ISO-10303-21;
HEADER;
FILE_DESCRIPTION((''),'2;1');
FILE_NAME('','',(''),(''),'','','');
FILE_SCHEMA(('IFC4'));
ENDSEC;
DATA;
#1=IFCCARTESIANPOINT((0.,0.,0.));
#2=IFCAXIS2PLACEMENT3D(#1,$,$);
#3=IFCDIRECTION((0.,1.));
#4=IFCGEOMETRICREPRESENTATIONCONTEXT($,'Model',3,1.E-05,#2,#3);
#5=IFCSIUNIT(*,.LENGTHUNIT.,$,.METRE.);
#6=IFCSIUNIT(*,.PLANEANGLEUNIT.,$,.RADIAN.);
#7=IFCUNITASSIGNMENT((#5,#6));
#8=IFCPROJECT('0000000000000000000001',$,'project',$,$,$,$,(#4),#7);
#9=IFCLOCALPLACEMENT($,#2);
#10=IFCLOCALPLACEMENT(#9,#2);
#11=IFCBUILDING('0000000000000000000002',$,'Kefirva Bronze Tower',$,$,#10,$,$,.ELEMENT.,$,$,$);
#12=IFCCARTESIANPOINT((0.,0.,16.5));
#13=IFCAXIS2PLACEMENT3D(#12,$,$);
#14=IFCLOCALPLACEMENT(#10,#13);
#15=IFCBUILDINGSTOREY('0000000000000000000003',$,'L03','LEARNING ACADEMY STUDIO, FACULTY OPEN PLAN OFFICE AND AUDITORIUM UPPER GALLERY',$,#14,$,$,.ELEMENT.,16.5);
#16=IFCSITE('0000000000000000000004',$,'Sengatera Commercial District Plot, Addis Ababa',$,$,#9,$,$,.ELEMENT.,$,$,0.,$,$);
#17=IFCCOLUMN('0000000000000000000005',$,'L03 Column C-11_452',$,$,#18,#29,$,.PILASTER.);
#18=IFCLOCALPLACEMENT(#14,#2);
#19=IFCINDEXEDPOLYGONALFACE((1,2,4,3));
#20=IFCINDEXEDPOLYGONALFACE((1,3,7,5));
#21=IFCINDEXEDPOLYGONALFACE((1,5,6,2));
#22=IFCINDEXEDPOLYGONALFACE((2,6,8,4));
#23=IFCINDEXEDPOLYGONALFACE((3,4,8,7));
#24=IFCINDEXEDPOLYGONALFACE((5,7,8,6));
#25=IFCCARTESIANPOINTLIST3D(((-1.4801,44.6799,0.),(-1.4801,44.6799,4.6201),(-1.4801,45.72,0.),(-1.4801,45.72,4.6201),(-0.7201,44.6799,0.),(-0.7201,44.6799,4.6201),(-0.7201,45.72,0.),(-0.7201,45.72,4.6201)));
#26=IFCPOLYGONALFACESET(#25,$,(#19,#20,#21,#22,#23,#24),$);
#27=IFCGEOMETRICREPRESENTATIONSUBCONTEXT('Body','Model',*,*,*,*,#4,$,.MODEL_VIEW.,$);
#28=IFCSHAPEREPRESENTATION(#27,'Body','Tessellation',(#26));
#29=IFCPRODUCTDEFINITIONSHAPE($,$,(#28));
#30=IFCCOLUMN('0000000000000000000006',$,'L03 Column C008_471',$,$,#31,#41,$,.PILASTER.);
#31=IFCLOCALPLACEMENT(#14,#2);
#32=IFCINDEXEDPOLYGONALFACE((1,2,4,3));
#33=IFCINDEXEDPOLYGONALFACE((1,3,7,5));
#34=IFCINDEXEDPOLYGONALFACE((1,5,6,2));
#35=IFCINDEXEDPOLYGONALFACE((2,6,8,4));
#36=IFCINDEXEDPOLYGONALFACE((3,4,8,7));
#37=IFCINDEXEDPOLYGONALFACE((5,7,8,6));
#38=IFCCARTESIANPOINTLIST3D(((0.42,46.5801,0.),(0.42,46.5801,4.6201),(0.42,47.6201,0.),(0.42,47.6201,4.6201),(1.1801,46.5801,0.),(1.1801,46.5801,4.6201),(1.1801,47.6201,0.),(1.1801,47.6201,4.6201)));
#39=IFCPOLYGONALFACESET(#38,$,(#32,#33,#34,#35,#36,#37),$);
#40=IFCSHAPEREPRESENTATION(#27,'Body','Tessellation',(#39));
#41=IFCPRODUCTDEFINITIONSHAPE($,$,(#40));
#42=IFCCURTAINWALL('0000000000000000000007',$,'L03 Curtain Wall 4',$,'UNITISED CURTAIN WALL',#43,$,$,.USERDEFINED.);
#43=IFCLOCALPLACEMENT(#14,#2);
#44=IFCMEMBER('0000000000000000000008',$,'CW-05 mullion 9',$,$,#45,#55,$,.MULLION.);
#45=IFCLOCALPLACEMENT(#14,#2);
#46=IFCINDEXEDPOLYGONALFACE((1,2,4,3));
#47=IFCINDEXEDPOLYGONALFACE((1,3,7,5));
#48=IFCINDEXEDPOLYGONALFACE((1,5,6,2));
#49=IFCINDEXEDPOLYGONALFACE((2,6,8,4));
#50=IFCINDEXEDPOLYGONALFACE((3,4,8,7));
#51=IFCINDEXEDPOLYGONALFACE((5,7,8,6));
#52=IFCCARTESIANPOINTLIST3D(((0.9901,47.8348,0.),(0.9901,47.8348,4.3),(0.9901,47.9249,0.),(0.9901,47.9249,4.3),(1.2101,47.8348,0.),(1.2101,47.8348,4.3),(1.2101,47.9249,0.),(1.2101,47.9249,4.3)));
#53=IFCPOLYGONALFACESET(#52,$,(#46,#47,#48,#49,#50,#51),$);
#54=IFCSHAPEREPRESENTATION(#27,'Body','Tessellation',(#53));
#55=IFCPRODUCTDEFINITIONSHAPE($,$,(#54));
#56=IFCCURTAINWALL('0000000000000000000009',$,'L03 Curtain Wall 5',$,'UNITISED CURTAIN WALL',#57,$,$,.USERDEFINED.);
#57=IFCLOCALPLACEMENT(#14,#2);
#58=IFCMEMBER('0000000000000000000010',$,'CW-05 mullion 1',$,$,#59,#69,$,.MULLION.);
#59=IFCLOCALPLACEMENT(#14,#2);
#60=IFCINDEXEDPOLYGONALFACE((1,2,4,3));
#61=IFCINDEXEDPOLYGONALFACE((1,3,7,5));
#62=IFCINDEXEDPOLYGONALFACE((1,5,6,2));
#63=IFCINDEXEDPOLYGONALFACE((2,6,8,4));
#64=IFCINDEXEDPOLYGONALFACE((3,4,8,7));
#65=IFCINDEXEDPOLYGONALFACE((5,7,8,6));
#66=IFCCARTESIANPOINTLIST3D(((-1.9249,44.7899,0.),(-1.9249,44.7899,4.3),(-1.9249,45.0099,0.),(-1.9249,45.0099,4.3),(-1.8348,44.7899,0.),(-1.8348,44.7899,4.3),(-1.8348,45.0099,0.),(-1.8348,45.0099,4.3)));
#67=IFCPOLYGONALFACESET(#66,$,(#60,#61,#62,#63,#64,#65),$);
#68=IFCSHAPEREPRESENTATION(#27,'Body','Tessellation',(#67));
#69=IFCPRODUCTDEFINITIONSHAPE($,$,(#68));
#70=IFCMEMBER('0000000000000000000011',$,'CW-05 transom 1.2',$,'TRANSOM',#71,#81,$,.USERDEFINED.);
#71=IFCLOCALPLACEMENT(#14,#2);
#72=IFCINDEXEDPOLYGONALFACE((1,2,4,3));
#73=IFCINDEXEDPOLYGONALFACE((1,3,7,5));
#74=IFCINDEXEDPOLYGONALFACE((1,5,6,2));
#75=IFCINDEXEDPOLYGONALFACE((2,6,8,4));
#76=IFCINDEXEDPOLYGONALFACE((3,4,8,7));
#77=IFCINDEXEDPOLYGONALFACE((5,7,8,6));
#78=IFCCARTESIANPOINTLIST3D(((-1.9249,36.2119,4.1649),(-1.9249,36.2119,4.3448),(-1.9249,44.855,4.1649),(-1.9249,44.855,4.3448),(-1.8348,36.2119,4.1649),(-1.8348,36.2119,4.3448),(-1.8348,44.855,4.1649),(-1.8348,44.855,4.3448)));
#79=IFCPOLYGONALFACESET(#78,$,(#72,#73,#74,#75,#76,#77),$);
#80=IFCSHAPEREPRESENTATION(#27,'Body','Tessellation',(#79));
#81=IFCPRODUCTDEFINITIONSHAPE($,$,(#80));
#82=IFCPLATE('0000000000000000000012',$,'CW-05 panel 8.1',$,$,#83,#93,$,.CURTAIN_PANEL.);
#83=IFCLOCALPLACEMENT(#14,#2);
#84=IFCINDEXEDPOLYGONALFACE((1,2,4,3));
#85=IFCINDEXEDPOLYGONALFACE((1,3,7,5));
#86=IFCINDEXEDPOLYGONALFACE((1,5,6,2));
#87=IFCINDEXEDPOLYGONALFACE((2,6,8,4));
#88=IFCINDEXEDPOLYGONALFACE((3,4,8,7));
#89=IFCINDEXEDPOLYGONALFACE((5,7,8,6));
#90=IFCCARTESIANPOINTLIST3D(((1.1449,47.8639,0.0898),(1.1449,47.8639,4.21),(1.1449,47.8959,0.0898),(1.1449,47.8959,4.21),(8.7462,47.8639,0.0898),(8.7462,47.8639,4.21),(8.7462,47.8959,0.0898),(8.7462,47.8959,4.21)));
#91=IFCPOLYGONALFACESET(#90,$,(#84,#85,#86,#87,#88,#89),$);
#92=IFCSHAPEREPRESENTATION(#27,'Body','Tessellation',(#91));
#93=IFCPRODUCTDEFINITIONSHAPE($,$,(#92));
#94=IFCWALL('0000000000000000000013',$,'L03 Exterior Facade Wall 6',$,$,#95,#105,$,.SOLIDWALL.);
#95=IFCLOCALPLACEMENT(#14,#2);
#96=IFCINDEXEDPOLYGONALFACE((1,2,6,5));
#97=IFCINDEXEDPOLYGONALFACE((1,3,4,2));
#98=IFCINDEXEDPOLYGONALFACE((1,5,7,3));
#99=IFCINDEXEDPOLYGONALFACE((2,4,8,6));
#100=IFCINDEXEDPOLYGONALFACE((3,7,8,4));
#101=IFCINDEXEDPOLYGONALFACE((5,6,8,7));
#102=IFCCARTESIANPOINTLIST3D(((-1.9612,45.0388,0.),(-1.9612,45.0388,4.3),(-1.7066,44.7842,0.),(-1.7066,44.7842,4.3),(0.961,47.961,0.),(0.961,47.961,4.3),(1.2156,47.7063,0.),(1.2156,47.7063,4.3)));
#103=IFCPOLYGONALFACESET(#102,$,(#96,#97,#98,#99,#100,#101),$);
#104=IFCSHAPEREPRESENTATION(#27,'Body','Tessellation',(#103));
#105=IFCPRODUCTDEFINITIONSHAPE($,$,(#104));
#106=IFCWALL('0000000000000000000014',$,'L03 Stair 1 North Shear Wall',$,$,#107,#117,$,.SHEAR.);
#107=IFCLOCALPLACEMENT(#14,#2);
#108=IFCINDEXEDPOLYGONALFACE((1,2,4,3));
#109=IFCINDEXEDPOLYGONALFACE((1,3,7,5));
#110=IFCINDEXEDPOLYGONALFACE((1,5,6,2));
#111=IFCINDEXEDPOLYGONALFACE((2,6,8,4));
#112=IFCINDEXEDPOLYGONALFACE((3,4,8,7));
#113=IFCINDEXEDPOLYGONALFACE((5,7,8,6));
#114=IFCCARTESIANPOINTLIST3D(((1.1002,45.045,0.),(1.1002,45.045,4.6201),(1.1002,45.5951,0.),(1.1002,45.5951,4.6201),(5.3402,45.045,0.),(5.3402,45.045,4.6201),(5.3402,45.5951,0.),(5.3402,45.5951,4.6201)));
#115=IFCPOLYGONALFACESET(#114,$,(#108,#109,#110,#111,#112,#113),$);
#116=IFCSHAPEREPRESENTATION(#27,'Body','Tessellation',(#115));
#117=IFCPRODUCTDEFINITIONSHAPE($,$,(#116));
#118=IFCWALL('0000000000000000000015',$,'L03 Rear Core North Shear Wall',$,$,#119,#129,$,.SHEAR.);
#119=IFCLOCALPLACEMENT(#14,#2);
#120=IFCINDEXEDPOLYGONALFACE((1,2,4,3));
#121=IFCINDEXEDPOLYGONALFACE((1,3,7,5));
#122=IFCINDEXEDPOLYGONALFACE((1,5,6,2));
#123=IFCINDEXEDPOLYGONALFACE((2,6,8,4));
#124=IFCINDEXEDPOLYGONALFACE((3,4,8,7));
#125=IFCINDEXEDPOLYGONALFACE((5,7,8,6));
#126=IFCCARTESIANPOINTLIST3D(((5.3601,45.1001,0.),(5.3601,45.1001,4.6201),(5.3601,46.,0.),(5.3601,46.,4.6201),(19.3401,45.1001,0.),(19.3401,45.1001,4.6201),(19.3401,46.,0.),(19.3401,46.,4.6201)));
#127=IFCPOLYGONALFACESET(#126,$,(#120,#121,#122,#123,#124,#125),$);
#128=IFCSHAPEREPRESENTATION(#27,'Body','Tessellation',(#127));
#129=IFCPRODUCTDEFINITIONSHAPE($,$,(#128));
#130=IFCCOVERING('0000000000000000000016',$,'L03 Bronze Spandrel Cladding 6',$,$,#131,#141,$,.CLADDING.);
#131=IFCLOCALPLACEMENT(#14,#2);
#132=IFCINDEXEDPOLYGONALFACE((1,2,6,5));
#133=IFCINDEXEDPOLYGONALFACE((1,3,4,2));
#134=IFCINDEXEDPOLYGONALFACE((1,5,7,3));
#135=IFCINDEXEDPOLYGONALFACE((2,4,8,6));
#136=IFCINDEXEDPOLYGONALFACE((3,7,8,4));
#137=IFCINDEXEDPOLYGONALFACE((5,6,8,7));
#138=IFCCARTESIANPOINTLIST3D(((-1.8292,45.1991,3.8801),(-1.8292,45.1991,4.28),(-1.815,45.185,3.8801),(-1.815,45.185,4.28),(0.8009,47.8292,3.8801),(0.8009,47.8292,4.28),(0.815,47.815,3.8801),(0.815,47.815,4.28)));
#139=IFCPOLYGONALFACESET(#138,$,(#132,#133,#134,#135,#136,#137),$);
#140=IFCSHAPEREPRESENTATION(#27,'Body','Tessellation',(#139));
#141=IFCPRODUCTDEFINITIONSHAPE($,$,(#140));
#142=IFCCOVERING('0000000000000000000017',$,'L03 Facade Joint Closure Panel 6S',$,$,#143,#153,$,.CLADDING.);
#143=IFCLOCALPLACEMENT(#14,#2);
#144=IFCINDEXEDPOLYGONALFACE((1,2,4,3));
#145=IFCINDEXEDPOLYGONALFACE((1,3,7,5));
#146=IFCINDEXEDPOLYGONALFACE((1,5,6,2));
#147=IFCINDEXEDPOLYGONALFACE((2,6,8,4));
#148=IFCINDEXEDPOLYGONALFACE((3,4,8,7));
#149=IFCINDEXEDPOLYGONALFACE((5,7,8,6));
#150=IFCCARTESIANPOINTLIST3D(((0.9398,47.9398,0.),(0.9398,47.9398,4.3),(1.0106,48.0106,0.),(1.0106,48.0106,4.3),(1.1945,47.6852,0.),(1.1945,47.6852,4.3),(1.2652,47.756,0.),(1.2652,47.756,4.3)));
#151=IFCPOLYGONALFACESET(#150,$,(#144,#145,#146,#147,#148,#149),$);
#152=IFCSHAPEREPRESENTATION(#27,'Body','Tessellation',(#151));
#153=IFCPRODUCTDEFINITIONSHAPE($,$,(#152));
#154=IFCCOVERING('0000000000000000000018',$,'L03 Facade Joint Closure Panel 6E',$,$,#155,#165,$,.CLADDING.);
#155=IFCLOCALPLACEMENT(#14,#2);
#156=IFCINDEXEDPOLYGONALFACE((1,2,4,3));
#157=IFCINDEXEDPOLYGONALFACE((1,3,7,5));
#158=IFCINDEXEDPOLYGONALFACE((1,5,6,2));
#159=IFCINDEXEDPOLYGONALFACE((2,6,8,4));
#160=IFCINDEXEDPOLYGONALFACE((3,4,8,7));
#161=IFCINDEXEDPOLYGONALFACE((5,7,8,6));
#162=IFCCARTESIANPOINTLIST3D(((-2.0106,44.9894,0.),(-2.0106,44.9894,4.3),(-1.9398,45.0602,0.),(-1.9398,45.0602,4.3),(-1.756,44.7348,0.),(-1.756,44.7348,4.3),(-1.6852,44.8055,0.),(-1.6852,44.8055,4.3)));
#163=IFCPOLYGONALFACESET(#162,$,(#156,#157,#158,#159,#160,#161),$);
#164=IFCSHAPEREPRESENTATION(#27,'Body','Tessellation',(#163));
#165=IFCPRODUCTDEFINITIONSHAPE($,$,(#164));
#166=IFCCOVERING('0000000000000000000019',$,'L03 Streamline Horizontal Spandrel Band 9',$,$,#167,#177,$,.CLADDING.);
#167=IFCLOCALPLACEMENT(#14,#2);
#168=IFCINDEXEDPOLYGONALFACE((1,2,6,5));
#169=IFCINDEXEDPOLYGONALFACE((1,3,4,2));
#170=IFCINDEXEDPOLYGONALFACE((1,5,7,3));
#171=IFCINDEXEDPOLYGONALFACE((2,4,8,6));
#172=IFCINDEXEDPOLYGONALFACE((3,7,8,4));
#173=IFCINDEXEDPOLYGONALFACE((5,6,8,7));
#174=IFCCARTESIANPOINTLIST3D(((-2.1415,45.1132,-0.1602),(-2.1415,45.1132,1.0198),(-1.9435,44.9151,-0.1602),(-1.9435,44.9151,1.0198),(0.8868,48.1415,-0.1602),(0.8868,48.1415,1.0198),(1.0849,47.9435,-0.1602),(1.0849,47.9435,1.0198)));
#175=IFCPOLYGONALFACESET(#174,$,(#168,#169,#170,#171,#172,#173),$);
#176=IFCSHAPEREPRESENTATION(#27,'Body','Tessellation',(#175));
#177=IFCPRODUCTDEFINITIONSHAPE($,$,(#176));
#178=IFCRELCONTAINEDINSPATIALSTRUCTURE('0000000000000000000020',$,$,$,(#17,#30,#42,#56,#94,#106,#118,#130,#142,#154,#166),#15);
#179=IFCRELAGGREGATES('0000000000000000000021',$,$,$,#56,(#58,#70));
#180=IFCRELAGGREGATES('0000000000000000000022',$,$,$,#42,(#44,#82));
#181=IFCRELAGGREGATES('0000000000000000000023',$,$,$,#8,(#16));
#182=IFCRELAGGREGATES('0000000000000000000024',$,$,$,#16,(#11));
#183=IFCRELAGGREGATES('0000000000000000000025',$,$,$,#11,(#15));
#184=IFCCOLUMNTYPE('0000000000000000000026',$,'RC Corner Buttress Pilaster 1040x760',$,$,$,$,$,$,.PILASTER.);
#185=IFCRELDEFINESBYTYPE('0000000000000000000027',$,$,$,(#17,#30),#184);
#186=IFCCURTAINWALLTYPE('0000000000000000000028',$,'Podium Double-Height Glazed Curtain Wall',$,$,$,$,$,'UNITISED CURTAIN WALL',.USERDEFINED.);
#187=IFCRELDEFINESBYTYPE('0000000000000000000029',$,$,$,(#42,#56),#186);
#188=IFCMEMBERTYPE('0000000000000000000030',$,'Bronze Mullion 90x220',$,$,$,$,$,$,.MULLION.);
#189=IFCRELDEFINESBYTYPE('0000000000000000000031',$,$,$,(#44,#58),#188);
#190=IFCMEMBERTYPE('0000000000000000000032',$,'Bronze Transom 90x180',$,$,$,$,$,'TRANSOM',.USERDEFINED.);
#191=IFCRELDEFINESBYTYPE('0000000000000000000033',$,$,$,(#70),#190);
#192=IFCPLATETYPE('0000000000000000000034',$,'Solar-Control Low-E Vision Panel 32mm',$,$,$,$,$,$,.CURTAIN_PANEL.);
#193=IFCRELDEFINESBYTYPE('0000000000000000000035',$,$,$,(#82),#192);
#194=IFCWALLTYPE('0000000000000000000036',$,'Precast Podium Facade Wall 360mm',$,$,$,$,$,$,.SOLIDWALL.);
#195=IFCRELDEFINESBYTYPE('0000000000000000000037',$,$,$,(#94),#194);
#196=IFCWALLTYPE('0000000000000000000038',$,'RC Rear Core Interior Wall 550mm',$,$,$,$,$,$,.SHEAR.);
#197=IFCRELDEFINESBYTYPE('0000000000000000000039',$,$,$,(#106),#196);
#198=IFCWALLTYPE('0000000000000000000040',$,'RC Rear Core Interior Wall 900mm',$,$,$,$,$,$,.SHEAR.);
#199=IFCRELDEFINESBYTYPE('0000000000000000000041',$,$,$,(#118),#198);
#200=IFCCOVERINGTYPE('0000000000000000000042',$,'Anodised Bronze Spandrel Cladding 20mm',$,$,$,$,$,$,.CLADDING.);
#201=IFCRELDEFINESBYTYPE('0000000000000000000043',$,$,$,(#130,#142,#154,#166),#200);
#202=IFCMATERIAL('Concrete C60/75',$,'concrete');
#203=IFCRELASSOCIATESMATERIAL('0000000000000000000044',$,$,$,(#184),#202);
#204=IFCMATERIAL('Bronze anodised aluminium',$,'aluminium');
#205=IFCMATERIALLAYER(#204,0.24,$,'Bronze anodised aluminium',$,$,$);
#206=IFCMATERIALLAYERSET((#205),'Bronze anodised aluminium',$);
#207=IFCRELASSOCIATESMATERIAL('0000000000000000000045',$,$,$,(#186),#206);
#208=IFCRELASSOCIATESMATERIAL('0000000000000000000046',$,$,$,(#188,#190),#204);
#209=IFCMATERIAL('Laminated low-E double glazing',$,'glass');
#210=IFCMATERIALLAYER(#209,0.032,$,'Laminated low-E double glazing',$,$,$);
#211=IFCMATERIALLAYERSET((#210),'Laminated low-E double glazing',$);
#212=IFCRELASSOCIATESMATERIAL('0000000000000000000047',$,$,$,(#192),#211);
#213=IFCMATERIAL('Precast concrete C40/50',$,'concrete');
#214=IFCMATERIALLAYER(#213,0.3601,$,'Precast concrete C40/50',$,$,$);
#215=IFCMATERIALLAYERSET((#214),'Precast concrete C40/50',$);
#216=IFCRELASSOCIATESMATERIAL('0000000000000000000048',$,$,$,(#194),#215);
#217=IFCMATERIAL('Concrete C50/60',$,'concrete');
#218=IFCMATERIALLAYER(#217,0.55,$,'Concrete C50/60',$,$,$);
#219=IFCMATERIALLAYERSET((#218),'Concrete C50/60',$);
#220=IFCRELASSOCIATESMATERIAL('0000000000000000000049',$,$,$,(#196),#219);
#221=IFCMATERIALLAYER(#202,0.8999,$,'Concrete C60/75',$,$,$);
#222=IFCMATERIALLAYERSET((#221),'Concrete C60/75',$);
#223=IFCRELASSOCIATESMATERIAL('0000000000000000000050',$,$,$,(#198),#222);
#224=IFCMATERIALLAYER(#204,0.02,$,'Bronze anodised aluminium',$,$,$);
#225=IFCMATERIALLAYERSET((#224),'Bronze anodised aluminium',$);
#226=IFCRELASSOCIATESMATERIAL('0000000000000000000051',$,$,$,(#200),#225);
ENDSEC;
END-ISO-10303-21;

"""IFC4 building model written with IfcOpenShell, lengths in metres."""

from ifc_helpers import new_model, si_unit, direction, frame, frame_2d, origin, origin_2d, place, context, subcontext, project, spatial, rectangle, extrude, material, layer, layer_set, material_profile, profile_set, type_object, element, aggregate, save


model = new_model("IFC4")

# Units and contexts
model_context = context("Model", 3, precision=1e-05, world=origin(), true_north=direction((0.0, 1.0)))
body_context = subcontext(model_context, "Body", "Model", "MODEL_VIEW")
ifc_project = project(units=[si_unit("LENGTHUNIT", "METRE"), si_unit("PLANEANGLEUNIT", "RADIAN")], contexts=[model_context])

# Site, building, storey
site_placement = place(None, origin())
site = spatial("IfcSite", under=ifc_project, at=site_placement, Name="Sengatera Commercial District Plot, Addis Ababa", CompositionType="ELEMENT", RefElevation=0.0)
building_placement = place(site_placement, origin())
building = spatial("IfcBuilding", under=site, at=building_placement, Name="Kefirva Bronze Tower", CompositionType="ELEMENT")
storey_placement = place(building_placement, frame((0.0, 0.0, 16.5)))
storey = spatial("IfcBuildingStorey", under=building, at=storey_placement, Name="L03", Description="LEARNING ACADEMY STUDIO, FACULTY OPEN PLAN OFFICE AND AUDITORIUM UPPER GALLERY", CompositionType="ELEMENT", Elevation=16.5)

# Columns
ifc_material_1 = material(Name="Concrete C60/75", Category="concrete")
ifc_material_profile_1 = material_profile(ifc_material_1, rectangle(XDim=0.76, YDim=1.04, at=origin_2d()), Name="RC 760x1040")
ifc_profile_set_1 = profile_set([ifc_material_profile_1], Name="Concrete C60/75")
column_type = type_object("IfcColumnType", Name="RC Corner Buttress Pilaster 1040x760", PredefinedType="PILASTER", material=ifc_profile_set_1)
for number, where, z_axis, x_axis, name in (
    (1, (-1.1001, 45.2, 0.0), (0.0, 0.0, 1.0), (1.0, 0.0, 0.0), "L03 Column C-11_452"),
    (2, (0.8, 47.1001, 0.0), (0.0, 0.0, 1.0), (1.0, 0.0, 0.0), "L03 Column C008_471"),
):
    element("IfcColumn", number, at=place(storey_placement, frame(where, z_axis=z_axis, x_axis=x_axis)), inside=storey, type_object=column_type, Name=name, PredefinedType="PILASTER", context=body_context, shape_type="SweptSolid", body=[
        extrude(rectangle(XDim=0.76, YDim=1.04, at=origin_2d()), origin(), (0.0, 0.0, 1.0), 4.6201),
    ])

# Curtain wall, member
ifc_material_2 = material(Name="Bronze anodised aluminium", Category="aluminium")
ifc_layer_1 = layer(ifc_material_2, 0.24, Name="Bronze anodised aluminium")
ifc_layer_set_1 = layer_set([ifc_layer_1], Name="Bronze anodised aluminium")
curtain_wall_type = type_object("IfcCurtainWallType", Name="Podium Double-Height Glazed Curtain Wall", ElementType="UNITISED CURTAIN WALL", PredefinedType="USERDEFINED", material=ifc_layer_set_1)
curtain_wall_1_placement = place(storey_placement, origin())
curtain_wall_1 = element("IfcCurtainWall", 3, at=curtain_wall_1_placement, inside=storey, type_object=curtain_wall_type, Name="L03 Curtain Wall 4", ObjectType="UNITISED CURTAIN WALL", PredefinedType="USERDEFINED")
ifc_material_profile_2 = material_profile(ifc_material_2, rectangle(XDim=0.0901, YDim=0.22, at=origin_2d()), Name="ALU 90x220")
ifc_profile_set_2 = profile_set([ifc_material_profile_2], Name="Bronze anodised aluminium")
member_type_1 = type_object("IfcMemberType", Name="Bronze Mullion 90x220", PredefinedType="MULLION", material=ifc_profile_set_2)
member_1_placement = place(storey_placement, frame((1.1001, 47.8799, 0.0), z_axis=(0.0, 0.0, 1.0), x_axis=(0.0, -1.0, 0.0)))
member_1 = element("IfcMember", 4, at=member_1_placement, type_object=member_type_1, Name="CW-05 mullion 9", PredefinedType="MULLION", context=body_context, shape_type="SweptSolid", body=[
    extrude(rectangle(XDim=0.0901, YDim=0.22, at=origin_2d()), origin(), (0.0, 0.0, 1.0), 4.3),
])

# Curtain wall, members
curtain_wall_2_placement = place(storey_placement, origin())
curtain_wall_2 = element("IfcCurtainWall", 5, at=curtain_wall_2_placement, inside=storey, type_object=curtain_wall_type, Name="L03 Curtain Wall 5", ObjectType="UNITISED CURTAIN WALL", PredefinedType="USERDEFINED")
member_2_placement = place(storey_placement, frame((-1.8799, 44.8999, 0.0), z_axis=(0.0, 0.0, 1.0), x_axis=(1.0, 0.0, 0.0)))
member_2 = element("IfcMember", 6, at=member_2_placement, type_object=member_type_1, Name="CW-05 mullion 1", PredefinedType="MULLION", context=body_context, shape_type="SweptSolid", body=[
    extrude(rectangle(XDim=0.0901, YDim=0.22, at=origin_2d()), origin(), (0.0, 0.0, 1.0), 4.3),
])
ifc_material_profile_3 = material_profile(ifc_material_2, rectangle(XDim=0.0901, YDim=0.1799, at=origin_2d()), Name="ALU 90x180")
ifc_profile_set_3 = profile_set([ifc_material_profile_3], Name="Bronze anodised aluminium")
member_type_2 = type_object("IfcMemberType", Name="Bronze Transom 90x180", ElementType="TRANSOM", PredefinedType="USERDEFINED", material=ifc_profile_set_3)
member_3_placement = place(storey_placement, frame((-1.8799, 44.855, 4.2549), z_axis=(0.0, -1.0, 0.0), x_axis=(1.0, 0.0, 0.0)))
member_3 = element("IfcMember", 7, at=member_3_placement, type_object=member_type_2, Name="CW-05 transom 1.2", ObjectType="TRANSOM", PredefinedType="USERDEFINED", context=body_context, shape_type="SweptSolid", body=[
    extrude(rectangle(XDim=0.0901, YDim=0.1799, at=origin_2d()), origin(), (0.0, 0.0, 1.0), 8.6431),
])
aggregate(curtain_wall_2, [member_2, member_3])

# Plate
ifc_material_3 = material(Name="Laminated low-E double glazing", Category="glass")
ifc_layer_2 = layer(ifc_material_3, 0.032, Name="Laminated low-E double glazing")
ifc_layer_set_2 = layer_set([ifc_layer_2], Name="Laminated low-E double glazing")
plate_type = type_object("IfcPlateType", Name="Solar-Control Low-E Vision Panel 32mm", PredefinedType="CURTAIN_PANEL", material=ifc_layer_set_2)
plate_placement = place(storey_placement, frame((4.9456, 47.8799, 0.0898), z_axis=(0.0, 0.0, 1.0), x_axis=(-1.0, 0.0, 0.0)))
plate = element("IfcPlate", 8, at=plate_placement, type_object=plate_type, Name="CW-05 panel 8.1", PredefinedType="CURTAIN_PANEL", context=body_context, shape_type="SweptSolid", body=[
    extrude(rectangle(XDim=7.6013, YDim=0.032, at=origin_2d()), origin(), (0.0, 0.0, 1.0), 4.1201),
])
aggregate(curtain_wall_1, [member_1, plate])

# Walls
ifc_material_4 = material(Name="Precast concrete C40/50", Category="concrete")
ifc_layer_3 = layer(ifc_material_4, 0.3601, Name="Precast concrete C40/50")
ifc_layer_set_3 = layer_set([ifc_layer_3], Name="Precast concrete C40/50")
wall_type_1 = type_object("IfcWallType", Name="Precast Podium Facade Wall 360mm", PredefinedType="SOLIDWALL", material=ifc_layer_set_3)
wall_1_placement = place(storey_placement, frame((1.0884, 47.8337, 0.0), z_axis=(0.0, 0.0, 1.0), x_axis=(-0.707107, -0.707107, 0.0)))
element("IfcWall", 9, at=wall_1_placement, inside=storey, type_object=wall_type_1, Name="L03 Exterior Facade Wall 6", PredefinedType="SOLIDWALL", context=body_context, shape_type="SweptSolid", body=[
    extrude(rectangle(XDim=4.1326, YDim=0.3601, at=frame_2d((2.0664, 0.0))), origin(), (0.0, 0.0, 1.0), 4.3),
])
ifc_material_5 = material(Name="Concrete C50/60", Category="concrete")
ifc_layer_4 = layer(ifc_material_5, 0.55, Name="Concrete C50/60")
ifc_layer_set_4 = layer_set([ifc_layer_4], Name="Concrete C50/60")
wall_type_2 = type_object("IfcWallType", Name="RC Rear Core Interior Wall 550mm", PredefinedType="SHEAR", material=ifc_layer_set_4)
wall_2_placement = place(storey_placement, frame((1.1001, 45.3201, 0.0), z_axis=(0.0, 0.0, 1.0), x_axis=(1.0, 0.0, 0.0)))
element("IfcWall", 10, at=wall_2_placement, inside=storey, type_object=wall_type_2, Name="L03 Stair 1 North Shear Wall", PredefinedType="SHEAR", context=body_context, shape_type="SweptSolid", body=[
    extrude(rectangle(XDim=4.24, YDim=0.55, at=frame_2d((2.1201, 0.0))), origin(), (0.0, 0.0, 1.0), 4.6201),
])
ifc_layer_5 = layer(ifc_material_1, 0.8999, Name="Concrete C60/75")
ifc_layer_set_5 = layer_set([ifc_layer_5], Name="Concrete C60/75")
wall_type_3 = type_object("IfcWallType", Name="RC Rear Core Interior Wall 900mm", PredefinedType="SHEAR", material=ifc_layer_set_5)
wall_3_placement = place(storey_placement, frame((5.3601, 45.55, 0.0), z_axis=(0.0, 0.0, 1.0), x_axis=(1.0, 0.0, 0.0)))
element("IfcWall", 11, at=wall_3_placement, inside=storey, type_object=wall_type_3, Name="L03 Rear Core North Shear Wall", PredefinedType="SHEAR", context=body_context, shape_type="SweptSolid", body=[
    extrude(rectangle(XDim=13.98, YDim=0.8999, at=frame_2d((6.99, 0.0))), origin(), (0.0, 0.0, 1.0), 4.6201),
])

# Coverings
ifc_layer_6 = layer(ifc_material_2, 0.02, Name="Bronze anodised aluminium")
ifc_layer_set_6 = layer_set([ifc_layer_6], Name="Bronze anodised aluminium")
covering_type_1 = type_object("IfcCoveringType", Name="Anodised Bronze Spandrel Cladding 20mm", PredefinedType="CLADDING", material=ifc_layer_set_6)
covering_1_placement = place(storey_placement, frame((-0.5071, 46.5071, 3.8801), z_axis=(0.0, 0.0, 1.0), x_axis=(-0.707107, -0.707107, 0.0)))
element("IfcCovering", 12, at=covering_1_placement, inside=storey, type_object=covering_type_1, Name="L03 Bronze Spandrel Cladding 6", PredefinedType="CLADDING", context=body_context, shape_type="SweptSolid", body=[
    extrude(rectangle(XDim=3.7195, YDim=0.02, at=origin_2d()), origin(), (0.0, 0.0, 1.0), 0.3999),
])
for number, where, z_axis, x_axis, name in (
    (13, (1.1025, 47.8479, 0.0), (0.0, 0.0, 1.0), (-0.707107, -0.707107, 0.0), "L03 Facade Joint Closure Panel 6S"),
    (14, (-1.8479, 44.8975, 0.0), (0.0, 0.0, 1.0), (-0.707107, -0.707107, 0.0), "L03 Facade Joint Closure Panel 6E"),
):
    element("IfcCovering", number, at=place(storey_placement, frame(where, z_axis=z_axis, x_axis=x_axis)), inside=storey, type_object=covering_type_1, Name=name, PredefinedType="CLADDING", context=body_context, shape_type="SweptSolid", body=[
        extrude(rectangle(XDim=0.1001, YDim=0.3601, at=origin_2d()), origin(), (0.0, 0.0, 1.0), 4.3),
    ])
covering_2_placement = place(storey_placement, frame((-0.5283, 46.5283, -0.1602), z_axis=(0.0, 0.0, 1.0), x_axis=(-0.707107, -0.707107, 0.0)))
element("IfcCovering", 15, at=covering_2_placement, inside=storey, type_object=covering_type_1, Name="L03 Streamline Horizontal Spandrel Band 9", PredefinedType="CLADDING", context=body_context, shape_type="SweptSolid", body=[
    extrude(rectangle(XDim=4.2827, YDim=0.28, at=origin_2d()), origin(), (0.0, 0.0, 1.0), 1.1799),
])

save(model, "model.ifc")
